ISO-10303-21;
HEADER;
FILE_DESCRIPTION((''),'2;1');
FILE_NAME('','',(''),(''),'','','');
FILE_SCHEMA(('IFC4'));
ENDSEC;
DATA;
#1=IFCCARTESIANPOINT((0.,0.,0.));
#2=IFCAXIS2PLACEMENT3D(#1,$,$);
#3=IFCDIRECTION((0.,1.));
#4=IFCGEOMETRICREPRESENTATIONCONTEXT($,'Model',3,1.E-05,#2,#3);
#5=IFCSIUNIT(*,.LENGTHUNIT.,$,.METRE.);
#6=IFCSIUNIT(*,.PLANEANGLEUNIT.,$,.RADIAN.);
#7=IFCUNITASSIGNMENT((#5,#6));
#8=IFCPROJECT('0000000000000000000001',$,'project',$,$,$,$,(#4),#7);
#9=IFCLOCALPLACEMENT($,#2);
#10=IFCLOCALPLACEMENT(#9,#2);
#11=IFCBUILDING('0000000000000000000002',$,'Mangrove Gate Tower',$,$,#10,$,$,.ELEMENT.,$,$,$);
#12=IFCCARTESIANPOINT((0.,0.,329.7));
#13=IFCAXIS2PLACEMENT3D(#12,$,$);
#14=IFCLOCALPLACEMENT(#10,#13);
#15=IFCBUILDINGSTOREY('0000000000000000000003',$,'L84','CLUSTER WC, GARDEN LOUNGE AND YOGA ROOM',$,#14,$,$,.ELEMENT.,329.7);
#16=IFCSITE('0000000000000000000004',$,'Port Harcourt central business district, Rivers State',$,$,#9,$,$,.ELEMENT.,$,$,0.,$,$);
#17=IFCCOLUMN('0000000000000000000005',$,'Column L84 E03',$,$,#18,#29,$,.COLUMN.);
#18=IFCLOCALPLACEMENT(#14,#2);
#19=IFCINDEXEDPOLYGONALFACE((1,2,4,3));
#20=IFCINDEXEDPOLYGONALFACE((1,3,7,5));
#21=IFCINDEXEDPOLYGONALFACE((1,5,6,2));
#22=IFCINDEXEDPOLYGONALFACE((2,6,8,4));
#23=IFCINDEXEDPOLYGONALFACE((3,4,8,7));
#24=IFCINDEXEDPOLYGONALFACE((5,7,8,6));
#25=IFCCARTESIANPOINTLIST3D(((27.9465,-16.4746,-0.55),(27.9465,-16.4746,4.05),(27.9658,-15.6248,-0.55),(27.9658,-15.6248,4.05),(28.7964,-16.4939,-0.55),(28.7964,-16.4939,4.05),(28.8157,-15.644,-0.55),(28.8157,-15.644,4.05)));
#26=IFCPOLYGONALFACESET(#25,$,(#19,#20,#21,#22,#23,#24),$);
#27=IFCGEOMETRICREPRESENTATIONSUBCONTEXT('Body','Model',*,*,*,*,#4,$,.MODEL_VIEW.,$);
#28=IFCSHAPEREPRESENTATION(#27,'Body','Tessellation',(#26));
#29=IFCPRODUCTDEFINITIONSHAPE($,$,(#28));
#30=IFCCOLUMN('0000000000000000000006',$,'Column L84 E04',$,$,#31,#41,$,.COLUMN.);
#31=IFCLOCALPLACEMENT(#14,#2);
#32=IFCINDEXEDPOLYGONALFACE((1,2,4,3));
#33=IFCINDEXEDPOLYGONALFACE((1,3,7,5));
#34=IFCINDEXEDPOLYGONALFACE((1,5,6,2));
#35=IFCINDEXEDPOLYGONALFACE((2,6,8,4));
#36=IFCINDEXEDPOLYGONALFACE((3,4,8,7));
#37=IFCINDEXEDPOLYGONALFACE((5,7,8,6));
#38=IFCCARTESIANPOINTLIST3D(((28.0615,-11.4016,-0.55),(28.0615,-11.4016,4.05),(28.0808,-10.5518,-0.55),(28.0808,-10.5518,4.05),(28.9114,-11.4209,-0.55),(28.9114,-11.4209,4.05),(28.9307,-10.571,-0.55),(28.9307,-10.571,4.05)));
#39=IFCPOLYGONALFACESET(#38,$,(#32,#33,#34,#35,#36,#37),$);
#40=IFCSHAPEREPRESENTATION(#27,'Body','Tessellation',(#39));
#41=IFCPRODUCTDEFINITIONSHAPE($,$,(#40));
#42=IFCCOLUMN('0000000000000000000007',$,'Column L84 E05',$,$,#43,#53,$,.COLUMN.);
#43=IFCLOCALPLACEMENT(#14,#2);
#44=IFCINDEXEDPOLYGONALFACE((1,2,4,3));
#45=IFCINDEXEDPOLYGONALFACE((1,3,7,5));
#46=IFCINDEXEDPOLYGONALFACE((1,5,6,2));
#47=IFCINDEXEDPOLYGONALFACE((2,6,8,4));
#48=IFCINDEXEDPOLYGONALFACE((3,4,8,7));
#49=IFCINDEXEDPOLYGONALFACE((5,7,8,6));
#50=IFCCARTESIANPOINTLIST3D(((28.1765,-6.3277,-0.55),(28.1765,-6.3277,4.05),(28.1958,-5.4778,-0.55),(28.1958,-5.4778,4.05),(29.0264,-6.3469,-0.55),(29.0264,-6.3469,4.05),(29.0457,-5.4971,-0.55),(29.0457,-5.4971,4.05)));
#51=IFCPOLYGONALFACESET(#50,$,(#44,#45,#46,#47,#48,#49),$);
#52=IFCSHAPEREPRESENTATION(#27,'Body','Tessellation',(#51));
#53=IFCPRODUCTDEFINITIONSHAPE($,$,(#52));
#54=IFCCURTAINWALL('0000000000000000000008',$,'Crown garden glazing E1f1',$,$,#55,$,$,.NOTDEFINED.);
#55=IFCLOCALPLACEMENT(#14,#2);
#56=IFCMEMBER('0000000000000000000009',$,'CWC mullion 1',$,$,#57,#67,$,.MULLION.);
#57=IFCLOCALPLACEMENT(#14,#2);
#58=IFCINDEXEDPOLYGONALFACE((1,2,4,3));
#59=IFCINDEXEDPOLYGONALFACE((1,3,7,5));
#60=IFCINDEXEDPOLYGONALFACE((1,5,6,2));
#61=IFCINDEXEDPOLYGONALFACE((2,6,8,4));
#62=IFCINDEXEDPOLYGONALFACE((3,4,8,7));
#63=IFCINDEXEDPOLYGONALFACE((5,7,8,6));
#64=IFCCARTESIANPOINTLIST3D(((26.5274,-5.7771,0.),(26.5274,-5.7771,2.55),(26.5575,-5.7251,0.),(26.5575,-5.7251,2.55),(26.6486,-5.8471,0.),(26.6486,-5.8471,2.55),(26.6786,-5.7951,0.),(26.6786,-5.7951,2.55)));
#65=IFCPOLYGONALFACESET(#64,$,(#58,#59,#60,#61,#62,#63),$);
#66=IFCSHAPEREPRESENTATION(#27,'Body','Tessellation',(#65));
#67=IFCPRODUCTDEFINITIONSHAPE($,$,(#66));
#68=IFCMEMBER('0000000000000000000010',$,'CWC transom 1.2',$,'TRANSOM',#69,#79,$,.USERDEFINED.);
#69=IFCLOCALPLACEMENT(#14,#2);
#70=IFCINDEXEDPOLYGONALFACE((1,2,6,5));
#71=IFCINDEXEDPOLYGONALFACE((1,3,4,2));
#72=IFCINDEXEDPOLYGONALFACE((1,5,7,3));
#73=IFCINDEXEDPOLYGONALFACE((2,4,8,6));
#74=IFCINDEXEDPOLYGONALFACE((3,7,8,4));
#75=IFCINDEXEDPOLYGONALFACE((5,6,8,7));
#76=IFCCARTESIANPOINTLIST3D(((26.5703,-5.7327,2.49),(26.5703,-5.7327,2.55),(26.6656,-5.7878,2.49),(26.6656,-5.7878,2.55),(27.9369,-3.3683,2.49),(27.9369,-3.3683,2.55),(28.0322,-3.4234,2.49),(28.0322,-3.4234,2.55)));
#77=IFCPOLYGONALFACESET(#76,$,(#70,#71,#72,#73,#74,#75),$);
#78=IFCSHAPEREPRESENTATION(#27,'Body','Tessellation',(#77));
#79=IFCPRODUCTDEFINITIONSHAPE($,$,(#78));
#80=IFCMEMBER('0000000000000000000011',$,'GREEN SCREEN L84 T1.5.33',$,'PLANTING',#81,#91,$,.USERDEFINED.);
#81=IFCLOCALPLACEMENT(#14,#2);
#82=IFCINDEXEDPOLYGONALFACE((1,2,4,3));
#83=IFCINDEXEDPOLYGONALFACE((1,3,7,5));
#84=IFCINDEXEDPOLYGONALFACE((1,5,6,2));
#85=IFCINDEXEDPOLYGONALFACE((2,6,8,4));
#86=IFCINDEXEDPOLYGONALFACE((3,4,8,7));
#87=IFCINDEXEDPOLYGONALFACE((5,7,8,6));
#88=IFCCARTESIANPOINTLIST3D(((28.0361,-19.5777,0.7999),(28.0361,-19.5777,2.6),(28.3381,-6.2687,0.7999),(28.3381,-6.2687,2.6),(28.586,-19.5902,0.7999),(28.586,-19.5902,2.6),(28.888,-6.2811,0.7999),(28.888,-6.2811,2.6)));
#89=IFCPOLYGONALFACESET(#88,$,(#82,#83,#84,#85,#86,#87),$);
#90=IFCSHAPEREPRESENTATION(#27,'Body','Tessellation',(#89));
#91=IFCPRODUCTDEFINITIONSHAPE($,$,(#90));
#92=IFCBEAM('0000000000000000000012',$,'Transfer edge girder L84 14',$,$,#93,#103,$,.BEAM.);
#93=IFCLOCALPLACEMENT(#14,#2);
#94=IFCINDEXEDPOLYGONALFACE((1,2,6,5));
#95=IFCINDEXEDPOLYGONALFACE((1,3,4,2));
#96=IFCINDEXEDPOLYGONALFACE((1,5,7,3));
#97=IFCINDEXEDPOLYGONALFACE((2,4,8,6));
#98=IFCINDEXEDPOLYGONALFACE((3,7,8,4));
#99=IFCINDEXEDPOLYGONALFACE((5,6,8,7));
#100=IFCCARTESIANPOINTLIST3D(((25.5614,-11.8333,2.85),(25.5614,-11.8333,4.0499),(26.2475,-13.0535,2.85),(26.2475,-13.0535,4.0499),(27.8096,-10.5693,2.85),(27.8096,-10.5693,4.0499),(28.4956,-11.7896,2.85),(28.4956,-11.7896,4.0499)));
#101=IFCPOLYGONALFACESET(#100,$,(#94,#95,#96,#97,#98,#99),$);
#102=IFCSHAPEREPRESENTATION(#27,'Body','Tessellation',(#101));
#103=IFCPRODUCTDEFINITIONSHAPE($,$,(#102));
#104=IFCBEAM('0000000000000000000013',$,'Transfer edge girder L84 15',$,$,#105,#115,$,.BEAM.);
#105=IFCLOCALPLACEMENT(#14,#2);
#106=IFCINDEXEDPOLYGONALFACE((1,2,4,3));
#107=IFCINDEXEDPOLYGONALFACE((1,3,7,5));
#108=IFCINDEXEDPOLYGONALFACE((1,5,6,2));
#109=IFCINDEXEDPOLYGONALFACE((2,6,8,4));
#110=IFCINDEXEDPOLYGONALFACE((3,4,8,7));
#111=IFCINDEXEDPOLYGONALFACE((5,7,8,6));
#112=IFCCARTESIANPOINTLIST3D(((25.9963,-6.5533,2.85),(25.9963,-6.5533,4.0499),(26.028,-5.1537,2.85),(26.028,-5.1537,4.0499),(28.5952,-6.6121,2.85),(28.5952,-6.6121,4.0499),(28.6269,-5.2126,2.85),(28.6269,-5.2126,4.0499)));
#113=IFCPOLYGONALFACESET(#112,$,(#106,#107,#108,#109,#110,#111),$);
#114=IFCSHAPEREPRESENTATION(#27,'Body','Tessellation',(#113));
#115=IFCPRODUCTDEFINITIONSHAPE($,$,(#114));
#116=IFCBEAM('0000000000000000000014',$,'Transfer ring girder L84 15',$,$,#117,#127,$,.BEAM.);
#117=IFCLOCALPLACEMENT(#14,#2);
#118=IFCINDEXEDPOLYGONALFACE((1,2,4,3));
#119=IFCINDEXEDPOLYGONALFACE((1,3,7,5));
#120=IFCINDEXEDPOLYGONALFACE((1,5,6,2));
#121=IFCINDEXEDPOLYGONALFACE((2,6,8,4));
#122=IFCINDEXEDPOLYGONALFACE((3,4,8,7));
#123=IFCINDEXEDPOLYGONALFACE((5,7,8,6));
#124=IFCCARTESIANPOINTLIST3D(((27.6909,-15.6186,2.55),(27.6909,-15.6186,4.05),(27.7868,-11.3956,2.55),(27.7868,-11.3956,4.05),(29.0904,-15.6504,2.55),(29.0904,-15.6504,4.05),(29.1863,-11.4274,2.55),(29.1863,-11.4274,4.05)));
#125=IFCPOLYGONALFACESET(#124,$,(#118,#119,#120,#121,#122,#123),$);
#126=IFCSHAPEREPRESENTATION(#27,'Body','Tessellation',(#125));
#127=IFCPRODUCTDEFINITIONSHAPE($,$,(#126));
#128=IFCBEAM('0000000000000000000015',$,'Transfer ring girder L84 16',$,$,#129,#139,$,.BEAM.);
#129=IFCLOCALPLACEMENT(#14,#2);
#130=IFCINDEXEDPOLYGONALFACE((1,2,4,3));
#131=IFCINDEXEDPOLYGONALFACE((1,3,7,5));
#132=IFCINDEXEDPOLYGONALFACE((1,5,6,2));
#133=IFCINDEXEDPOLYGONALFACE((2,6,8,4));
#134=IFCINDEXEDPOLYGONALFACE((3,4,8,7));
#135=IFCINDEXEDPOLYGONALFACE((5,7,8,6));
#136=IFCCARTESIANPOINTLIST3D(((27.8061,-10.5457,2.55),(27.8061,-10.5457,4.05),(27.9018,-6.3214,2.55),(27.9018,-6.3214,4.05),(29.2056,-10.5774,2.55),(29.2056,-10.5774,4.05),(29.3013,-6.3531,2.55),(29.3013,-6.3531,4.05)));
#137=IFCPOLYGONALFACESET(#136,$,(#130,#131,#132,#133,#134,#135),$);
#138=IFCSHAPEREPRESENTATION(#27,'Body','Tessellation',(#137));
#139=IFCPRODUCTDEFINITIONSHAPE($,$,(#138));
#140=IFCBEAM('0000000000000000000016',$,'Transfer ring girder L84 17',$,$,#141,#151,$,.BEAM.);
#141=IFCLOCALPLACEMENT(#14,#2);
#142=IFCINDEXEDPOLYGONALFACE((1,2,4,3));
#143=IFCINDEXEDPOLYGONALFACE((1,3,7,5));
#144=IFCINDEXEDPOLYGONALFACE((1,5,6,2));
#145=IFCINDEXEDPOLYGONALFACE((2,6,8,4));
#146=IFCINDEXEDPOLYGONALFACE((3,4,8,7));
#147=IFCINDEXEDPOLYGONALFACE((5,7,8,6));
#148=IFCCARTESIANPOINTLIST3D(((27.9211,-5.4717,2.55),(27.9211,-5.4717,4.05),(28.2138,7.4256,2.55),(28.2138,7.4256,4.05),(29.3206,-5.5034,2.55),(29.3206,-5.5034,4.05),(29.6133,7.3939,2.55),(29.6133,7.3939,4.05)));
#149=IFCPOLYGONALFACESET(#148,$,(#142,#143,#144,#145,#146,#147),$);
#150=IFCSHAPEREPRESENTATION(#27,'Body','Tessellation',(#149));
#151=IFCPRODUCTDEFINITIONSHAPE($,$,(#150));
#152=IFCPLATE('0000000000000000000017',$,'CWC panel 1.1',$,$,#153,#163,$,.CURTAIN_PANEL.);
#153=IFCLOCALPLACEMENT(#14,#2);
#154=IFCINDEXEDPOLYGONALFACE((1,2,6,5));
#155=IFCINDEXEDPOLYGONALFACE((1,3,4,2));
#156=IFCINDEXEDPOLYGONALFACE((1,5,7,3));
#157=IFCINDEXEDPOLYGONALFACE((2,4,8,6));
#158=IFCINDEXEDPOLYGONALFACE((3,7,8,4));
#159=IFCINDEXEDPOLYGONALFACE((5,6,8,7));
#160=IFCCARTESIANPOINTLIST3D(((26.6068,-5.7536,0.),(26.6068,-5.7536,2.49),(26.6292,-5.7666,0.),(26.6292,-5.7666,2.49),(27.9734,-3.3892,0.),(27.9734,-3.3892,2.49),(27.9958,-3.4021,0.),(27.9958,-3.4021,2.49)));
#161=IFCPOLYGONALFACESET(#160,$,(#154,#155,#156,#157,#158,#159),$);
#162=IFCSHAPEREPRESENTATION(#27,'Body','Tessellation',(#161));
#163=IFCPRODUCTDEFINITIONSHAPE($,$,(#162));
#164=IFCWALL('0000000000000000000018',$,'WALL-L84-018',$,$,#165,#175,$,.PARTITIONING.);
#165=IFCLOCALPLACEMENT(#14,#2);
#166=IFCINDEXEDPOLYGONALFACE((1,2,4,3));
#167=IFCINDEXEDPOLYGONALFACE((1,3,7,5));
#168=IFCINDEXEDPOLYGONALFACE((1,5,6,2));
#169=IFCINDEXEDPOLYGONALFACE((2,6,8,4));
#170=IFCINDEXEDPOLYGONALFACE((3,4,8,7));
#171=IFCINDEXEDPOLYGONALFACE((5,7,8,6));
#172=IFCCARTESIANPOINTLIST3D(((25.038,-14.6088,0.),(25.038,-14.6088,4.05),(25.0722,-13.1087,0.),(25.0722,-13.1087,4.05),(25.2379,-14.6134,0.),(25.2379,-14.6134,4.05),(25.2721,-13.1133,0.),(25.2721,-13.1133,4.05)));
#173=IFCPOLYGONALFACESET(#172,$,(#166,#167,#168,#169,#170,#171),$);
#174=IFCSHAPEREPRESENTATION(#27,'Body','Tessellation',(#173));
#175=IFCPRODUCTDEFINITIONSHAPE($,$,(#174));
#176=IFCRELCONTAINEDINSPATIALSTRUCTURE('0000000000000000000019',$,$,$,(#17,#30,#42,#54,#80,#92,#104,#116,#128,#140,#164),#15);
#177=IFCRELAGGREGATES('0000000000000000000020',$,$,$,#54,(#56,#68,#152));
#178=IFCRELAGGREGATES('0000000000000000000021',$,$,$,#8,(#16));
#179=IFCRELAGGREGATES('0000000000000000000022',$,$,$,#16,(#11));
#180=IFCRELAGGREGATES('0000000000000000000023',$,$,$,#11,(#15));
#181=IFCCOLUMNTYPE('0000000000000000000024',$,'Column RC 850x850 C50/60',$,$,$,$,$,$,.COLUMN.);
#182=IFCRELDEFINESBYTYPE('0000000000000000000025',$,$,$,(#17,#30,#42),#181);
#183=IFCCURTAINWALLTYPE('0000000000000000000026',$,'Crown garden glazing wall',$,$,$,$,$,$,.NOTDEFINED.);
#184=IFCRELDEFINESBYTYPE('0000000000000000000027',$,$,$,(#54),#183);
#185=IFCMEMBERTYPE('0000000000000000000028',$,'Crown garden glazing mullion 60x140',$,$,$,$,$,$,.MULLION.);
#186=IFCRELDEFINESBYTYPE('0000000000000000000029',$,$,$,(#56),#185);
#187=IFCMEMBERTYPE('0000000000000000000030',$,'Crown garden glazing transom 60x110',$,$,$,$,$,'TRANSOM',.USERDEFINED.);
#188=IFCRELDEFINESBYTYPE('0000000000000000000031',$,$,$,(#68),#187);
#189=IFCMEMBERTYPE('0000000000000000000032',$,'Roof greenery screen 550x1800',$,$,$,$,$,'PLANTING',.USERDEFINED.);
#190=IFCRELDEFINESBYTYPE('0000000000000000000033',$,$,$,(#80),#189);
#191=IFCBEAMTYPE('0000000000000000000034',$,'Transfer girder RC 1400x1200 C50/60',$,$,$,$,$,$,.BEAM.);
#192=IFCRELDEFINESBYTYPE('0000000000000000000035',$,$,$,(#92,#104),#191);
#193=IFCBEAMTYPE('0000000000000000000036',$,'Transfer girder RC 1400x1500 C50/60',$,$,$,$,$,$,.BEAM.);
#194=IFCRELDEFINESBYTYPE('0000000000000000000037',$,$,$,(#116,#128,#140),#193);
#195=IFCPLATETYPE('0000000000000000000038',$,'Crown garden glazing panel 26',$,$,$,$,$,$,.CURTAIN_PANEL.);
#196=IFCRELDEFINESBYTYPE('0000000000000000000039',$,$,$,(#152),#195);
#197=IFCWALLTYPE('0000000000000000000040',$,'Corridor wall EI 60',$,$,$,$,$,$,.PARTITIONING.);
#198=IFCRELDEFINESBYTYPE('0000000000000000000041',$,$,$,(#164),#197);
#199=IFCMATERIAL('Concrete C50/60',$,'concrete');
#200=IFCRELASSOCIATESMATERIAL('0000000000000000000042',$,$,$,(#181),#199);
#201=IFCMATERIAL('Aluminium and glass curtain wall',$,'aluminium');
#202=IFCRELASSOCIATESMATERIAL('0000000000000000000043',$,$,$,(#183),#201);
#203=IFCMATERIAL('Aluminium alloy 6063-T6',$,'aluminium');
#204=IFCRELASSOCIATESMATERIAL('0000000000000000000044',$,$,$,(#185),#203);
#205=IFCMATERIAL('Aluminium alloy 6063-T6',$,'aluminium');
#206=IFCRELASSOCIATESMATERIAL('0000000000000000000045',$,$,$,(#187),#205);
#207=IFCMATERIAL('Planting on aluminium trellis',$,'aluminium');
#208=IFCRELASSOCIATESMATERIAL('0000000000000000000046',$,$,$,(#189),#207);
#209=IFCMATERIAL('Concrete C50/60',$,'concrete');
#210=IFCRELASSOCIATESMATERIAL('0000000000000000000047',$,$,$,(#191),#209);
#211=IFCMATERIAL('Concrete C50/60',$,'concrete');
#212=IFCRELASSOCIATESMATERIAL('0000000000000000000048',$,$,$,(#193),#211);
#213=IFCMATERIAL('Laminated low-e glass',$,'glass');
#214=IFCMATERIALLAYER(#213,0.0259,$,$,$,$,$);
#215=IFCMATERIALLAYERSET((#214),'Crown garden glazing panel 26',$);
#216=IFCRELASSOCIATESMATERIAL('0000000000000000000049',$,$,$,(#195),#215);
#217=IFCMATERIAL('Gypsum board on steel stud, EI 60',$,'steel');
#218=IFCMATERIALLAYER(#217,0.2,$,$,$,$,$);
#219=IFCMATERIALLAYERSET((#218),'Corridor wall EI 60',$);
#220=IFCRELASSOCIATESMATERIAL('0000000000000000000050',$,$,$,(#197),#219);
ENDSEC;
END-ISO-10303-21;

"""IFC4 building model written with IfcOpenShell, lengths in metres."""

from ifc_helpers import new_model, si_unit, direction, frame, frame_2d, origin, origin_2d, place, context, subcontext, project, spatial, rectangle, extrude, material, layer, layer_set, material_profile, profile_set, type_object, element, aggregate, save


model = new_model("IFC4")

# Units and contexts
model_context = context("Model", 3, precision=1e-05, world=origin(), true_north=direction((0.0, 1.0)))
body_context = subcontext(model_context, "Body", "Model", "MODEL_VIEW")
ifc_project = project(units=[si_unit("LENGTHUNIT", "METRE"), si_unit("PLANEANGLEUNIT", "RADIAN")], contexts=[model_context])

# Site, building, storey
site_placement = place(None, origin())
site = spatial("IfcSite", under=ifc_project, at=site_placement, Name="Port Harcourt central business district, Rivers State", CompositionType="ELEMENT", RefElevation=0.0)
building_placement = place(site_placement, origin())
building = spatial("IfcBuilding", under=site, at=building_placement, Name="Mangrove Gate Tower", CompositionType="ELEMENT")
storey_placement = place(building_placement, frame((0.0, 0.0, 329.7)))
storey = spatial("IfcBuildingStorey", under=building, at=storey_placement, Name="L84", Description="CLUSTER WC, GARDEN LOUNGE AND YOGA ROOM", CompositionType="ELEMENT", Elevation=329.7)

# Columns
ifc_material_1 = material(Name="Concrete C50/60", Category="concrete")
ifc_material_profile_1 = material_profile(ifc_material_1, rectangle(XDim=0.8501, YDim=0.8501, at=origin_2d()))
ifc_profile_set_1 = profile_set([ifc_material_profile_1], Name="Concrete C50/60")
column_type = type_object("IfcColumnType", Name="Column RC 850x850 C50/60", PredefinedType="COLUMN", material=ifc_profile_set_1)
for number, where, z_axis, x_axis, name in (
    (1, (28.3811, -16.0593, -0.55), (0.0, 0.0, 1.0), (0.022661, 0.999743, 0.0), "Column L84 E03"),
    (2, (28.4961, -10.9863, -0.55), (0.0, 0.0, 1.0), (0.022661, 0.999743, 0.0), "Column L84 E04"),
    (3, (28.6111, -5.9124, -0.55), (0.0, 0.0, 1.0), (0.022682, 0.999743, 0.0), "Column L84 E05"),
):
    element("IfcColumn", number, at=place(storey_placement, frame(where, z_axis=z_axis, x_axis=x_axis)), inside=storey, type_object=column_type, Name=name, PredefinedType="COLUMN", context=body_context, shape_type="SweptSolid", body=[
        extrude(rectangle(XDim=0.8501, YDim=0.8501, at=origin_2d()), origin(), (0.0, 0.0, 1.0), 4.6001),
    ])

# Curtain wall, members
ifc_material_2 = material(Name="Aluminium and glass curtain wall", Category="aluminium")
curtain_wall_type = type_object("IfcCurtainWallType", Name="Crown garden glazing wall", PredefinedType="NOTDEFINED", material=ifc_material_2)
curtain_wall_placement = place(storey_placement, origin())
curtain_wall = element("IfcCurtainWall", 4, at=curtain_wall_placement, inside=storey, type_object=curtain_wall_type, Name="Crown garden glazing E1f1", PredefinedType="NOTDEFINED")
ifc_material_3 = material(Name="Aluminium alloy 6063-T6", Category="aluminium")
ifc_material_profile_2 = material_profile(ifc_material_3, rectangle(XDim=0.0601, YDim=0.1399, at=origin_2d()))
ifc_profile_set_2 = profile_set([ifc_material_profile_2], Name="Aluminium alloy 6063-T6")
member_type_1 = type_object("IfcMemberType", Name="Crown garden glazing mullion 60x140", PredefinedType="MULLION", material=ifc_profile_set_2)
member_1_placement = place(storey_placement, frame((26.603, -5.7861, 0.0), z_axis=(0.0, 0.0, 1.0), x_axis=(0.500418, 0.865784, 0.0)))
member_1 = element("IfcMember", 5, at=member_1_placement, type_object=member_type_1, Name="CWC mullion 1", PredefinedType="MULLION", context=body_context, shape_type="SweptSolid", body=[
    extrude(rectangle(XDim=0.0601, YDim=0.1399, at=origin_2d()), origin(), (0.0, 0.0, 1.0), 2.55),
])
ifc_material_4 = material(Name="Aluminium alloy 6063-T6", Category="aluminium")
ifc_material_profile_3 = material_profile(ifc_material_4, rectangle(XDim=0.0601, YDim=0.1101, at=origin_2d()))
ifc_profile_set_3 = profile_set([ifc_material_profile_3], Name="Aluminium alloy 6063-T6")
member_type_2 = type_object("IfcMemberType", Name="Crown garden glazing transom 60x110", ElementType="TRANSOM", PredefinedType="USERDEFINED", material=ifc_profile_set_3)
member_2_placement = place(storey_placement, frame((26.6179, -5.7603, 2.52), z_axis=(0.500427, 0.865779, 0.0), x_axis=(0.0, 0.0, 1.0)))
member_2 = element("IfcMember", 6, at=member_2_placement, type_object=member_type_2, Name="CWC transom 1.2", ObjectType="TRANSOM", PredefinedType="USERDEFINED", context=body_context, shape_type="SweptSolid", body=[
    extrude(rectangle(XDim=0.0601, YDim=0.1101, at=origin_2d()), origin(), (0.0, 0.0, 1.0), 2.731),
])

# Member
ifc_material_5 = material(Name="Planting on aluminium trellis", Category="aluminium")
ifc_material_profile_4 = material_profile(ifc_material_5, rectangle(XDim=0.55, YDim=1.8, at=origin_2d()))
ifc_profile_set_4 = profile_set([ifc_material_profile_4], Name="Planting on aluminium trellis")
member_type_3 = type_object("IfcMemberType", Name="Roof greenery screen 550x1800", ElementType="PLANTING", PredefinedType="USERDEFINED", material=ifc_profile_set_4)
member_3_placement = place(storey_placement, frame((28.613, -6.2749, 1.7), z_axis=(-0.022686, -0.999743, 0.0), x_axis=(0.999743, -0.022686, 0.0)))
element("IfcMember", 7, at=member_3_placement, inside=storey, type_object=member_type_3, Name="GREEN SCREEN L84 T1.5.33", ObjectType="PLANTING", PredefinedType="USERDEFINED", context=body_context, shape_type="SweptSolid", body=[
    extrude(rectangle(XDim=0.55, YDim=1.8, at=origin_2d()), origin(), (0.0, 0.0, 1.0), 13.3125),
])

# Beams
ifc_material_6 = material(Name="Concrete C50/60", Category="concrete")
ifc_material_profile_5 = material_profile(ifc_material_6, rectangle(XDim=1.3999, YDim=1.2, at=origin_2d()))
ifc_profile_set_5 = profile_set([ifc_material_profile_5], Name="Concrete C50/60")
beam_type_1 = type_object("IfcBeamType", Name="Transfer girder RC 1400x1200 C50/60", PredefinedType="BEAM", material=ifc_profile_set_5)
beam_1_placement = place(storey_placement, frame((28.1526, -11.1794, 3.45), z_axis=(-0.871677, -0.490081, 0.0), x_axis=(0.490081, -0.871677, 0.0)))
element("IfcBeam", 8, at=beam_1_placement, inside=storey, type_object=beam_type_1, Name="Transfer edge girder L84 14", PredefinedType="BEAM", context=body_context, shape_type="SweptSolid", body=[
    extrude(rectangle(XDim=1.3999, YDim=1.2, at=origin_2d()), origin(), (0.0, 0.0, 1.0), 2.5791),
])
beam_2_placement = place(storey_placement, frame((28.6111, -5.9124, 3.45), z_axis=(-0.999744, 0.022634, 0.0), x_axis=(-0.022634, -0.999744, 0.0)))
element("IfcBeam", 9, at=beam_2_placement, inside=storey, type_object=beam_type_1, Name="Transfer edge girder L84 15", PredefinedType="BEAM", context=body_context, shape_type="SweptSolid", body=[
    extrude(rectangle(XDim=1.3999, YDim=1.2, at=origin_2d()), origin(), (0.0, 0.0, 1.0), 2.5996),
])
ifc_material_7 = material(Name="Concrete C50/60", Category="concrete")
ifc_material_profile_6 = material_profile(ifc_material_7, rectangle(XDim=1.3999, YDim=1.5, at=origin_2d()))
ifc_profile_set_6 = profile_set([ifc_material_profile_6], Name="Concrete C50/60")
beam_type_2 = type_object("IfcBeamType", Name="Transfer girder RC 1400x1500 C50/60", PredefinedType="BEAM", material=ifc_profile_set_6)
beam_3_placement = place(storey_placement, frame((28.3906, -15.6345, 3.3), z_axis=(0.022714, 0.999742, 0.0), x_axis=(-0.999742, 0.022714, 0.0)))
element("IfcBeam", 10, at=beam_3_placement, inside=storey, type_object=beam_type_2, Name="Transfer ring girder L84 15", PredefinedType="BEAM", context=body_context, shape_type="SweptSolid", body=[
    extrude(rectangle(XDim=1.3999, YDim=1.5, at=origin_2d()), origin(), (0.0, 0.0, 1.0), 4.2241),
])
beam_4_placement = place(storey_placement, frame((28.5059, -10.5615, 3.3), z_axis=(0.022649, 0.999743, 0.0), x_axis=(-0.999743, 0.022649, 0.0)))
element("IfcBeam", 11, at=beam_4_placement, inside=storey, type_object=beam_type_2, Name="Transfer ring girder L84 16", PredefinedType="BEAM", context=body_context, shape_type="SweptSolid", body=[
    extrude(rectangle(XDim=1.3999, YDim=1.5, at=origin_2d()), origin(), (0.0, 0.0, 1.0), 4.2253),
])
beam_5_placement = place(storey_placement, frame((28.6208, -5.4875, 3.3), z_axis=(0.022691, 0.999743, 0.0), x_axis=(-0.999743, 0.022691, 0.0)))
element("IfcBeam", 12, at=beam_5_placement, inside=storey, type_object=beam_type_2, Name="Transfer ring girder L84 17", PredefinedType="BEAM", context=body_context, shape_type="SweptSolid", body=[
    extrude(rectangle(XDim=1.3999, YDim=1.5, at=origin_2d()), origin(), (0.0, 0.0, 1.0), 12.9006),
])

# Plate
ifc_material_8 = material(Name="Laminated low-e glass", Category="glass")
ifc_layer_1 = layer(ifc_material_8, 0.0259)
ifc_layer_set_1 = layer_set([ifc_layer_1], Name="Crown garden glazing panel 26")
plate_type = type_object("IfcPlateType", Name="Crown garden glazing panel 26", PredefinedType="CURTAIN_PANEL", material=ifc_layer_set_1)
plate_placement = place(storey_placement, frame((27.3013, -4.5779, 0.0), z_axis=(0.0, 0.0, 1.0), x_axis=(0.500418, 0.865784, 0.0)))
plate = element("IfcPlate", 13, at=plate_placement, type_object=plate_type, Name="CWC panel 1.1", PredefinedType="CURTAIN_PANEL", context=body_context, shape_type="SweptSolid", body=[
    extrude(rectangle(XDim=2.731, YDim=0.0259, at=origin_2d()), origin(), (0.0, 0.0, 1.0), 2.49),
])
aggregate(curtain_wall, [member_1, member_2, plate])

# Wall
ifc_material_9 = material(Name="Gypsum board on steel stud, EI 60", Category="steel")
ifc_layer_2 = layer(ifc_material_9, 0.2)
ifc_layer_set_2 = layer_set([ifc_layer_2], Name="Corridor wall EI 60")
wall_type_1 = type_object("IfcWallType", Name="Corridor wall EI 60", PredefinedType="PARTITIONING", material=ifc_layer_set_2)
wall_1_placement = place(storey_placement, frame((25.1379, -14.6111, 0.0), z_axis=(0.0, 0.0, 1.0), x_axis=(0.022781, 0.99974, 0.0)))
element("IfcWall", 14, at=wall_1_placement, inside=storey, type_object=wall_type_1, Name="WALL-L84-018", PredefinedType="PARTITIONING", context=body_context, shape_type="SweptSolid", body=[
    extrude(rectangle(XDim=1.5005, YDim=0.2, at=frame_2d((0.7502, 0.0))), origin(), (0.0, 0.0, 1.0), 4.05),
])

save(model, "model.ifc")
